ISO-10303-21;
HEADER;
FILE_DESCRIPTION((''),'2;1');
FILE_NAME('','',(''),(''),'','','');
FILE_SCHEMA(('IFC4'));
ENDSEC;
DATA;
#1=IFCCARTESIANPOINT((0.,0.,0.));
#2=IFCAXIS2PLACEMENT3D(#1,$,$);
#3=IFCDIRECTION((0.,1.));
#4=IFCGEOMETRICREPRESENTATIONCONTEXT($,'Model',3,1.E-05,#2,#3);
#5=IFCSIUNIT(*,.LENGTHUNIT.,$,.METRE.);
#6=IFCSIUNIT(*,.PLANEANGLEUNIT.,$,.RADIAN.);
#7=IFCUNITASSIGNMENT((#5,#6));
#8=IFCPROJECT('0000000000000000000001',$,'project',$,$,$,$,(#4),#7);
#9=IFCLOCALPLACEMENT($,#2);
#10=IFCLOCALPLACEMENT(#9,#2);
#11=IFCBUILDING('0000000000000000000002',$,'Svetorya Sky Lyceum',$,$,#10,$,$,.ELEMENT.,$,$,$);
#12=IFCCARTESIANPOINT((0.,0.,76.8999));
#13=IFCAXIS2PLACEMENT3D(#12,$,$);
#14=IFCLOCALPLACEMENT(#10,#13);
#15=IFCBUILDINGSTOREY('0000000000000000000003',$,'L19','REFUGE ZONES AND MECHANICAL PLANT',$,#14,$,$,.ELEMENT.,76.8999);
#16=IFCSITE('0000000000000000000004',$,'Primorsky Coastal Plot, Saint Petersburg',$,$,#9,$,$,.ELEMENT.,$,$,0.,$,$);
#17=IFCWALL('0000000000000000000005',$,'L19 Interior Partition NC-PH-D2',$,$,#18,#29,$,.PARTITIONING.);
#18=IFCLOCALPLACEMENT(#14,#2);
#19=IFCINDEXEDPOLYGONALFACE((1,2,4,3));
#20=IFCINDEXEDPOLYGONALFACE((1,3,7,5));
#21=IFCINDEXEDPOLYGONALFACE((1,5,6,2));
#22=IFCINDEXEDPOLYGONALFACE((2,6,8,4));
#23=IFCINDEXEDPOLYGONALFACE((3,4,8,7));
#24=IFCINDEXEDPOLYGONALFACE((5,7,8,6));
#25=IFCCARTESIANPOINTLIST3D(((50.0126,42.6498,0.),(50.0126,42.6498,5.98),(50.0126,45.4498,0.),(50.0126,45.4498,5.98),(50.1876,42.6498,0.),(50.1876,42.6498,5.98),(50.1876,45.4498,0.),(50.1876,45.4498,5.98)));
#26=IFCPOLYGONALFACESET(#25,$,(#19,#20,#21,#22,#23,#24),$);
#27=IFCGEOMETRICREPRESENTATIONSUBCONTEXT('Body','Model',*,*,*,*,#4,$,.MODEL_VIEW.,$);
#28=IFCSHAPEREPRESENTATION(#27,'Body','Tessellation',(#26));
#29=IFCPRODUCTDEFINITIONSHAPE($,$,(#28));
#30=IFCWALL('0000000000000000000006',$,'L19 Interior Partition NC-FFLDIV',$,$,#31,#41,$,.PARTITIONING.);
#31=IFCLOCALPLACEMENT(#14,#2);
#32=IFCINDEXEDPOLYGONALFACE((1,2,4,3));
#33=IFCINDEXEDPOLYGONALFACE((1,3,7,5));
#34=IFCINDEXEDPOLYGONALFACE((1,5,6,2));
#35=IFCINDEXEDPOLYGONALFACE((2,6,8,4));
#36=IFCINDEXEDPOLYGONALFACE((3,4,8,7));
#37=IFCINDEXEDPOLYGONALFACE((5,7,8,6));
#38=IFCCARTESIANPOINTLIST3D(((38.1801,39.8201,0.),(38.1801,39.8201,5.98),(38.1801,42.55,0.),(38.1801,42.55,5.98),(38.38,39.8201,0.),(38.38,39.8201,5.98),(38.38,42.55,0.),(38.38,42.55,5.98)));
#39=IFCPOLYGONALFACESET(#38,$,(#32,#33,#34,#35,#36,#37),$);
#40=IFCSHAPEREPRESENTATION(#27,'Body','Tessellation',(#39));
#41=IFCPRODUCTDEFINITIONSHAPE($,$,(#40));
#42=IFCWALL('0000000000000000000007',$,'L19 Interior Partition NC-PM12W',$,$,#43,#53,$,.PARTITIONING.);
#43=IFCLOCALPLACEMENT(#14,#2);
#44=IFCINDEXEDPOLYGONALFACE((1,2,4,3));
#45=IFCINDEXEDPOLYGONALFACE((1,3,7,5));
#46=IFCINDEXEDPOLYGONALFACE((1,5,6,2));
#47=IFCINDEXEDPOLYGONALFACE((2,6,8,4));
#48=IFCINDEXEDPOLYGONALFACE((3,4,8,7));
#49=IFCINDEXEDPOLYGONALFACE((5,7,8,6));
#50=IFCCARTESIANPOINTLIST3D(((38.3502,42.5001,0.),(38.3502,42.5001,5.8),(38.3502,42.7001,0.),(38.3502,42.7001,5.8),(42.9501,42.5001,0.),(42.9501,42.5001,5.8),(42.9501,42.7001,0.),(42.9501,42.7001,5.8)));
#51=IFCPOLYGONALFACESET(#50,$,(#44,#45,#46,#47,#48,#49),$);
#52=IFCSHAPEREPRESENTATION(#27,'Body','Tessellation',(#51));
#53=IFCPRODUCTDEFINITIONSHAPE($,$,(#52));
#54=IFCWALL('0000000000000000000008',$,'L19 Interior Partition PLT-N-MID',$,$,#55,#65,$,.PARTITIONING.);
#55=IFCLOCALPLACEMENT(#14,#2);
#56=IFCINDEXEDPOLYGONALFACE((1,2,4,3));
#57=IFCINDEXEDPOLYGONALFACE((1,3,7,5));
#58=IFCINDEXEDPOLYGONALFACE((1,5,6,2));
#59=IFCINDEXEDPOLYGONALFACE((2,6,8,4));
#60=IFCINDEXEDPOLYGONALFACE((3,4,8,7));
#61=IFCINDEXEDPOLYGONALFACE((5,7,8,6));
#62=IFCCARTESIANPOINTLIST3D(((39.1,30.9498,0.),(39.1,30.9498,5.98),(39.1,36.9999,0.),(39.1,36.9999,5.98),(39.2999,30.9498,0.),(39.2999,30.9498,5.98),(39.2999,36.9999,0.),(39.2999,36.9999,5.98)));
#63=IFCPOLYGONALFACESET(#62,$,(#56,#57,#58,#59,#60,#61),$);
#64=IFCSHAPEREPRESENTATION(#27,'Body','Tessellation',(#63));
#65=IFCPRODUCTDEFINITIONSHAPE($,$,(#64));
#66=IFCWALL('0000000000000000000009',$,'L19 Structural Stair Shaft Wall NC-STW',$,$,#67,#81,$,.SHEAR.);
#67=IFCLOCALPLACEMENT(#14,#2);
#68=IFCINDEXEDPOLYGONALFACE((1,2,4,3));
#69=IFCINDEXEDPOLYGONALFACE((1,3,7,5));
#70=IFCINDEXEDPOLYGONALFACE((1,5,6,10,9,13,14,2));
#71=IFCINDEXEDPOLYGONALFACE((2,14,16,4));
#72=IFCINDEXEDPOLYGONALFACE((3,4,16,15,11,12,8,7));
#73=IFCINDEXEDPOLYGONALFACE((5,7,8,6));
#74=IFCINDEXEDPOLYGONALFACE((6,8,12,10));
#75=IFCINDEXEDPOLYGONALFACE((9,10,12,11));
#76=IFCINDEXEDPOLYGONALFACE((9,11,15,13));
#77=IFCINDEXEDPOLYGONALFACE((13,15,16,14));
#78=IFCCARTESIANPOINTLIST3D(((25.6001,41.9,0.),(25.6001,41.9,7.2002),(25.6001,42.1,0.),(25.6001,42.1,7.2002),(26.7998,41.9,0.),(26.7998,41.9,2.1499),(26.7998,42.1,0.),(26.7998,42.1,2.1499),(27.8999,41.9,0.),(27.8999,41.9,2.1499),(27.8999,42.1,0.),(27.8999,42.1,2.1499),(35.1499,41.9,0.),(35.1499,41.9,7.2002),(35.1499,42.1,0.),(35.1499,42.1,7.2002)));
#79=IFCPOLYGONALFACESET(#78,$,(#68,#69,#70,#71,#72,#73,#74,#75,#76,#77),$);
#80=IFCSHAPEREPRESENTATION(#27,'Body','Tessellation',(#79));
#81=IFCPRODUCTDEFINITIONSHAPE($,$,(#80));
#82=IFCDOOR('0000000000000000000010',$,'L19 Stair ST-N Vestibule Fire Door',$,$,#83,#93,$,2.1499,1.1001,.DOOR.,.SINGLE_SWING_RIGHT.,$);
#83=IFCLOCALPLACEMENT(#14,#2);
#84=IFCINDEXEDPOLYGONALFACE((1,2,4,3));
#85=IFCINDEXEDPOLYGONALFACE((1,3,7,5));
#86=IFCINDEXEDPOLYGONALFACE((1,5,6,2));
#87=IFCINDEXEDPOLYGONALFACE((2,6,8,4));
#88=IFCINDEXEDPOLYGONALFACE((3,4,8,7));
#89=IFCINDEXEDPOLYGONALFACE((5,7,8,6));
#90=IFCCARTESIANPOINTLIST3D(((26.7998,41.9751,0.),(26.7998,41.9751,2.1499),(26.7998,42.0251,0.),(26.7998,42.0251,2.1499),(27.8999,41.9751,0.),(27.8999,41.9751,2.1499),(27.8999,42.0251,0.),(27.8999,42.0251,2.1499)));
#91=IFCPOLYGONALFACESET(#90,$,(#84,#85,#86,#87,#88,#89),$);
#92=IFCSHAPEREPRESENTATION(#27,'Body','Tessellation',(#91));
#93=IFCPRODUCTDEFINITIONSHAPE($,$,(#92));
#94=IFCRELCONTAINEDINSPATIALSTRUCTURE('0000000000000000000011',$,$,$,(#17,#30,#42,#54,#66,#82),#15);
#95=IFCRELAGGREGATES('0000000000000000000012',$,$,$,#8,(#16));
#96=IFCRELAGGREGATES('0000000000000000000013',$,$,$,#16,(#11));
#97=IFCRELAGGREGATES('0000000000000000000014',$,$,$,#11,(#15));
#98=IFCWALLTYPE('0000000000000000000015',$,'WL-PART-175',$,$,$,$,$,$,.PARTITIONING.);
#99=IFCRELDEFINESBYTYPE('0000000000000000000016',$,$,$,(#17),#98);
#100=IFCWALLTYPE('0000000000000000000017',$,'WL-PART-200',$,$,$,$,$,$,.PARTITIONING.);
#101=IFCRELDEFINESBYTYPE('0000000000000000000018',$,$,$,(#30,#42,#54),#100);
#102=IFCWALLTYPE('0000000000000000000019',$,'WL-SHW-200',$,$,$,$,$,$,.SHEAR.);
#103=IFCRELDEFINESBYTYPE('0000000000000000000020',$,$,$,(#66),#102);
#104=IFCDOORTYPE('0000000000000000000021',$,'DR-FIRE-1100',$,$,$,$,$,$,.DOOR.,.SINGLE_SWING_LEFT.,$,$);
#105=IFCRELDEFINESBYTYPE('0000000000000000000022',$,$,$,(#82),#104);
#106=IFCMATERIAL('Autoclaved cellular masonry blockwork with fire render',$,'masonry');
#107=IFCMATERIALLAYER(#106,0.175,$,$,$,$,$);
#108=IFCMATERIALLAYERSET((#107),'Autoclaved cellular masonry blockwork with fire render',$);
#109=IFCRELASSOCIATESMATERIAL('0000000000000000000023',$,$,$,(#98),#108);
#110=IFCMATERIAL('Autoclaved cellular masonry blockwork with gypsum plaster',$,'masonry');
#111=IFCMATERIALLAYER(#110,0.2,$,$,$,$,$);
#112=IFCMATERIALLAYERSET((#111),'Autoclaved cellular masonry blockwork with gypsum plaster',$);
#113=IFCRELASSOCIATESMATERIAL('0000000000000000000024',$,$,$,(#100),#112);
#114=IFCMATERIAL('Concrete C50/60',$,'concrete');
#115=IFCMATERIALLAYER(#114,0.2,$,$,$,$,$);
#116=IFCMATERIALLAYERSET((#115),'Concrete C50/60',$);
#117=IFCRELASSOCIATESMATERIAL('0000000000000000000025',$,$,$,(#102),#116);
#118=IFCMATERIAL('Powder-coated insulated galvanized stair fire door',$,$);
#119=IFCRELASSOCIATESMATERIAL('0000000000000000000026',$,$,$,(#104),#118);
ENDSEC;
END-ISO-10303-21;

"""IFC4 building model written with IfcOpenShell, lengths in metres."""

from ifc_helpers import new_model, si_unit, direction, frame, frame_2d, origin, place, context, subcontext, project, spatial, rectangle, extrude, material, layer, layer_set, type_object, element, fill, save


model = new_model("IFC4")

# Units and contexts
model_context = context("Model", 3, precision=1e-05, world=origin(), true_north=direction((0.0, 1.0)))
body_context = subcontext(model_context, "Body", "Model", "MODEL_VIEW")
ifc_project = project(units=[si_unit("LENGTHUNIT", "METRE"), si_unit("PLANEANGLEUNIT", "RADIAN")], contexts=[model_context])

# Site, building, storey
site_placement = place(None, origin())
site = spatial("IfcSite", under=ifc_project, at=site_placement, Name="Primorsky Coastal Plot, Saint Petersburg", CompositionType="ELEMENT", RefElevation=0.0)
building_placement = place(site_placement, origin())
building = spatial("IfcBuilding", under=site, at=building_placement, Name="Svetorya Sky Lyceum", CompositionType="ELEMENT")
storey_placement = place(building_placement, frame((0.0, 0.0, 76.8999)))
storey = spatial("IfcBuildingStorey", under=building, at=storey_placement, Name="L19", Description="REFUGE ZONES AND MECHANICAL PLANT", CompositionType="ELEMENT", Elevation=76.8999)

# Wall
ifc_material_1 = material(Name="Autoclaved cellular masonry blockwork with fire render", Category="masonry")
ifc_layer_1 = layer(ifc_material_1, 0.175)
ifc_layer_set_1 = layer_set([ifc_layer_1], Name="Autoclaved cellular masonry blockwork with fire render")
wall_type_1 = type_object("IfcWallType", Name="WL-PART-175", PredefinedType="PARTITIONING", material=ifc_layer_set_1)
for number, where, z_axis, x_axis, name in (
    (1, (50.1001, 42.6499, 0.0), (0.0, 0.0, 1.0), (0.0, 1.0, 0.0), "L19 Interior Partition NC-PH-D2"),
):
    element("IfcWall", number, at=place(storey_placement, frame(where, z_axis=z_axis, x_axis=x_axis)), inside=storey, type_object=wall_type_1, Name=name, PredefinedType="PARTITIONING", context=body_context, shape_type="SweptSolid", body=[
        extrude(rectangle(XDim=2.8, YDim=0.175, at=frame_2d((1.3999, 0.0))), origin(), (0.0, 0.0, 1.0), 5.98),
    ])

# Shared definitions
ifc_material_2 = material(Name="Autoclaved cellular masonry blockwork with gypsum plaster", Category="masonry")
ifc_layer_2 = layer(ifc_material_2, 0.2)
ifc_layer_set_2 = layer_set([ifc_layer_2], Name="Autoclaved cellular masonry blockwork with gypsum plaster")
wall_type_2 = type_object("IfcWallType", Name="WL-PART-200", PredefinedType="PARTITIONING", material=ifc_layer_set_2)

# Walls
wall_1_placement = place(storey_placement, frame((38.28, 39.8201, 0.0), z_axis=(0.0, 0.0, 1.0), x_axis=(0.0, 1.0, 0.0)))
element("IfcWall", 2, at=wall_1_placement, inside=storey, type_object=wall_type_2, Name="L19 Interior Partition NC-FFLDIV", PredefinedType="PARTITIONING", context=body_context, shape_type="SweptSolid", body=[
    extrude(rectangle(XDim=2.73, YDim=0.2, at=frame_2d((1.365, 0.0))), origin(), (0.0, 0.0, 1.0), 5.98),
])
wall_2_placement = place(storey_placement, frame((42.95, 42.6001, 0.0), z_axis=(0.0, 0.0, 1.0), x_axis=(-1.0, 0.0, 0.0)))
element("IfcWall", 3, at=wall_2_placement, inside=storey, type_object=wall_type_2, Name="L19 Interior Partition NC-PM12W", PredefinedType="PARTITIONING", context=body_context, shape_type="SweptSolid", body=[
    extrude(rectangle(XDim=4.5999, YDim=0.2, at=frame_2d((2.2998, 0.0))), origin(), (0.0, 0.0, 1.0), 5.8),
])
wall_3_placement = place(storey_placement, frame((39.2, 30.95, 0.0), z_axis=(0.0, 0.0, 1.0), x_axis=(0.0, 1.0, 0.0)))
element("IfcWall", 4, at=wall_3_placement, inside=storey, type_object=wall_type_2, Name="L19 Interior Partition PLT-N-MID", PredefinedType="PARTITIONING", context=body_context, shape_type="SweptSolid", body=[
    extrude(rectangle(XDim=6.05, YDim=0.2, at=frame_2d((3.0249, 0.0))), origin(), (0.0, 0.0, 1.0), 5.98),
])

# Wall, opening, door
ifc_material_3 = material(Name="Concrete C50/60", Category="concrete")
ifc_layer_3 = layer(ifc_material_3, 0.2)
ifc_layer_set_3 = layer_set([ifc_layer_3], Name="Concrete C50/60")
wall_type_3 = type_object("IfcWallType", Name="WL-SHW-200", PredefinedType="SHEAR", material=ifc_layer_set_3)
wall_4_placement = place(storey_placement, frame((35.1499, 42.0, 0.0), z_axis=(0.0, 0.0, 1.0), x_axis=(-1.0, 0.0, 0.0)))
wall_4 = element("IfcWall", 5, at=wall_4_placement, inside=storey, type_object=wall_type_3, Name="L19 Structural Stair Shaft Wall NC-STW", PredefinedType="SHEAR", context=body_context, shape_type="SweptSolid", body=[
    extrude(rectangle(XDim=9.5498, YDim=0.2, at=frame_2d((4.7749, 0.0))), origin(), (0.0, 0.0, 1.0), 7.2002),
])
opening_1_placement = place(wall_4_placement, frame((7.25, 0.0, 0.0)))
opening_1 = element("IfcOpeningElement", 6, at=opening_1_placement, cuts=wall_4, PredefinedType="OPENING", context=body_context, shape_type="SweptSolid", body=[
    extrude(rectangle(XDim=1.1001, YDim=2.1499, at=frame_2d((0.55, 1.075))), frame((0.0, 0.1099, 0.0), z_axis=(0.0, -1.0, 0.0), x_axis=(1.0, 0.0, 0.0)), (0.0, 0.0, 1.0), 0.22),
])
ifc_material_4 = material(Name="Powder-coated insulated galvanized stair fire door")
door_type_1 = type_object("IfcDoorType", Name="DR-FIRE-1100", OperationType="SINGLE_SWING_LEFT", PredefinedType="DOOR", material=ifc_material_4)
door_1_placement = place(opening_1_placement, origin())
door_1 = element("IfcDoor", 7, at=door_1_placement, inside=storey, type_object=door_type_1, Name="L19 Stair ST-N Vestibule Fire Door", OperationType="SINGLE_SWING_RIGHT", OverallHeight=2.1499, OverallWidth=1.1001, PredefinedType="DOOR", context=body_context, shape_type="SweptSolid", body=[
    extrude(rectangle(XDim=1.1001, YDim=2.1499, at=frame_2d((0.55, 1.075))), frame((0.0, 0.0249, 0.0), z_axis=(0.0, -1.0, 0.0), x_axis=(1.0, 0.0, 0.0)), (0.0, 0.0, 1.0), 0.05),
])
fill(opening_1, door_1)

save(model, "model.ifc")
